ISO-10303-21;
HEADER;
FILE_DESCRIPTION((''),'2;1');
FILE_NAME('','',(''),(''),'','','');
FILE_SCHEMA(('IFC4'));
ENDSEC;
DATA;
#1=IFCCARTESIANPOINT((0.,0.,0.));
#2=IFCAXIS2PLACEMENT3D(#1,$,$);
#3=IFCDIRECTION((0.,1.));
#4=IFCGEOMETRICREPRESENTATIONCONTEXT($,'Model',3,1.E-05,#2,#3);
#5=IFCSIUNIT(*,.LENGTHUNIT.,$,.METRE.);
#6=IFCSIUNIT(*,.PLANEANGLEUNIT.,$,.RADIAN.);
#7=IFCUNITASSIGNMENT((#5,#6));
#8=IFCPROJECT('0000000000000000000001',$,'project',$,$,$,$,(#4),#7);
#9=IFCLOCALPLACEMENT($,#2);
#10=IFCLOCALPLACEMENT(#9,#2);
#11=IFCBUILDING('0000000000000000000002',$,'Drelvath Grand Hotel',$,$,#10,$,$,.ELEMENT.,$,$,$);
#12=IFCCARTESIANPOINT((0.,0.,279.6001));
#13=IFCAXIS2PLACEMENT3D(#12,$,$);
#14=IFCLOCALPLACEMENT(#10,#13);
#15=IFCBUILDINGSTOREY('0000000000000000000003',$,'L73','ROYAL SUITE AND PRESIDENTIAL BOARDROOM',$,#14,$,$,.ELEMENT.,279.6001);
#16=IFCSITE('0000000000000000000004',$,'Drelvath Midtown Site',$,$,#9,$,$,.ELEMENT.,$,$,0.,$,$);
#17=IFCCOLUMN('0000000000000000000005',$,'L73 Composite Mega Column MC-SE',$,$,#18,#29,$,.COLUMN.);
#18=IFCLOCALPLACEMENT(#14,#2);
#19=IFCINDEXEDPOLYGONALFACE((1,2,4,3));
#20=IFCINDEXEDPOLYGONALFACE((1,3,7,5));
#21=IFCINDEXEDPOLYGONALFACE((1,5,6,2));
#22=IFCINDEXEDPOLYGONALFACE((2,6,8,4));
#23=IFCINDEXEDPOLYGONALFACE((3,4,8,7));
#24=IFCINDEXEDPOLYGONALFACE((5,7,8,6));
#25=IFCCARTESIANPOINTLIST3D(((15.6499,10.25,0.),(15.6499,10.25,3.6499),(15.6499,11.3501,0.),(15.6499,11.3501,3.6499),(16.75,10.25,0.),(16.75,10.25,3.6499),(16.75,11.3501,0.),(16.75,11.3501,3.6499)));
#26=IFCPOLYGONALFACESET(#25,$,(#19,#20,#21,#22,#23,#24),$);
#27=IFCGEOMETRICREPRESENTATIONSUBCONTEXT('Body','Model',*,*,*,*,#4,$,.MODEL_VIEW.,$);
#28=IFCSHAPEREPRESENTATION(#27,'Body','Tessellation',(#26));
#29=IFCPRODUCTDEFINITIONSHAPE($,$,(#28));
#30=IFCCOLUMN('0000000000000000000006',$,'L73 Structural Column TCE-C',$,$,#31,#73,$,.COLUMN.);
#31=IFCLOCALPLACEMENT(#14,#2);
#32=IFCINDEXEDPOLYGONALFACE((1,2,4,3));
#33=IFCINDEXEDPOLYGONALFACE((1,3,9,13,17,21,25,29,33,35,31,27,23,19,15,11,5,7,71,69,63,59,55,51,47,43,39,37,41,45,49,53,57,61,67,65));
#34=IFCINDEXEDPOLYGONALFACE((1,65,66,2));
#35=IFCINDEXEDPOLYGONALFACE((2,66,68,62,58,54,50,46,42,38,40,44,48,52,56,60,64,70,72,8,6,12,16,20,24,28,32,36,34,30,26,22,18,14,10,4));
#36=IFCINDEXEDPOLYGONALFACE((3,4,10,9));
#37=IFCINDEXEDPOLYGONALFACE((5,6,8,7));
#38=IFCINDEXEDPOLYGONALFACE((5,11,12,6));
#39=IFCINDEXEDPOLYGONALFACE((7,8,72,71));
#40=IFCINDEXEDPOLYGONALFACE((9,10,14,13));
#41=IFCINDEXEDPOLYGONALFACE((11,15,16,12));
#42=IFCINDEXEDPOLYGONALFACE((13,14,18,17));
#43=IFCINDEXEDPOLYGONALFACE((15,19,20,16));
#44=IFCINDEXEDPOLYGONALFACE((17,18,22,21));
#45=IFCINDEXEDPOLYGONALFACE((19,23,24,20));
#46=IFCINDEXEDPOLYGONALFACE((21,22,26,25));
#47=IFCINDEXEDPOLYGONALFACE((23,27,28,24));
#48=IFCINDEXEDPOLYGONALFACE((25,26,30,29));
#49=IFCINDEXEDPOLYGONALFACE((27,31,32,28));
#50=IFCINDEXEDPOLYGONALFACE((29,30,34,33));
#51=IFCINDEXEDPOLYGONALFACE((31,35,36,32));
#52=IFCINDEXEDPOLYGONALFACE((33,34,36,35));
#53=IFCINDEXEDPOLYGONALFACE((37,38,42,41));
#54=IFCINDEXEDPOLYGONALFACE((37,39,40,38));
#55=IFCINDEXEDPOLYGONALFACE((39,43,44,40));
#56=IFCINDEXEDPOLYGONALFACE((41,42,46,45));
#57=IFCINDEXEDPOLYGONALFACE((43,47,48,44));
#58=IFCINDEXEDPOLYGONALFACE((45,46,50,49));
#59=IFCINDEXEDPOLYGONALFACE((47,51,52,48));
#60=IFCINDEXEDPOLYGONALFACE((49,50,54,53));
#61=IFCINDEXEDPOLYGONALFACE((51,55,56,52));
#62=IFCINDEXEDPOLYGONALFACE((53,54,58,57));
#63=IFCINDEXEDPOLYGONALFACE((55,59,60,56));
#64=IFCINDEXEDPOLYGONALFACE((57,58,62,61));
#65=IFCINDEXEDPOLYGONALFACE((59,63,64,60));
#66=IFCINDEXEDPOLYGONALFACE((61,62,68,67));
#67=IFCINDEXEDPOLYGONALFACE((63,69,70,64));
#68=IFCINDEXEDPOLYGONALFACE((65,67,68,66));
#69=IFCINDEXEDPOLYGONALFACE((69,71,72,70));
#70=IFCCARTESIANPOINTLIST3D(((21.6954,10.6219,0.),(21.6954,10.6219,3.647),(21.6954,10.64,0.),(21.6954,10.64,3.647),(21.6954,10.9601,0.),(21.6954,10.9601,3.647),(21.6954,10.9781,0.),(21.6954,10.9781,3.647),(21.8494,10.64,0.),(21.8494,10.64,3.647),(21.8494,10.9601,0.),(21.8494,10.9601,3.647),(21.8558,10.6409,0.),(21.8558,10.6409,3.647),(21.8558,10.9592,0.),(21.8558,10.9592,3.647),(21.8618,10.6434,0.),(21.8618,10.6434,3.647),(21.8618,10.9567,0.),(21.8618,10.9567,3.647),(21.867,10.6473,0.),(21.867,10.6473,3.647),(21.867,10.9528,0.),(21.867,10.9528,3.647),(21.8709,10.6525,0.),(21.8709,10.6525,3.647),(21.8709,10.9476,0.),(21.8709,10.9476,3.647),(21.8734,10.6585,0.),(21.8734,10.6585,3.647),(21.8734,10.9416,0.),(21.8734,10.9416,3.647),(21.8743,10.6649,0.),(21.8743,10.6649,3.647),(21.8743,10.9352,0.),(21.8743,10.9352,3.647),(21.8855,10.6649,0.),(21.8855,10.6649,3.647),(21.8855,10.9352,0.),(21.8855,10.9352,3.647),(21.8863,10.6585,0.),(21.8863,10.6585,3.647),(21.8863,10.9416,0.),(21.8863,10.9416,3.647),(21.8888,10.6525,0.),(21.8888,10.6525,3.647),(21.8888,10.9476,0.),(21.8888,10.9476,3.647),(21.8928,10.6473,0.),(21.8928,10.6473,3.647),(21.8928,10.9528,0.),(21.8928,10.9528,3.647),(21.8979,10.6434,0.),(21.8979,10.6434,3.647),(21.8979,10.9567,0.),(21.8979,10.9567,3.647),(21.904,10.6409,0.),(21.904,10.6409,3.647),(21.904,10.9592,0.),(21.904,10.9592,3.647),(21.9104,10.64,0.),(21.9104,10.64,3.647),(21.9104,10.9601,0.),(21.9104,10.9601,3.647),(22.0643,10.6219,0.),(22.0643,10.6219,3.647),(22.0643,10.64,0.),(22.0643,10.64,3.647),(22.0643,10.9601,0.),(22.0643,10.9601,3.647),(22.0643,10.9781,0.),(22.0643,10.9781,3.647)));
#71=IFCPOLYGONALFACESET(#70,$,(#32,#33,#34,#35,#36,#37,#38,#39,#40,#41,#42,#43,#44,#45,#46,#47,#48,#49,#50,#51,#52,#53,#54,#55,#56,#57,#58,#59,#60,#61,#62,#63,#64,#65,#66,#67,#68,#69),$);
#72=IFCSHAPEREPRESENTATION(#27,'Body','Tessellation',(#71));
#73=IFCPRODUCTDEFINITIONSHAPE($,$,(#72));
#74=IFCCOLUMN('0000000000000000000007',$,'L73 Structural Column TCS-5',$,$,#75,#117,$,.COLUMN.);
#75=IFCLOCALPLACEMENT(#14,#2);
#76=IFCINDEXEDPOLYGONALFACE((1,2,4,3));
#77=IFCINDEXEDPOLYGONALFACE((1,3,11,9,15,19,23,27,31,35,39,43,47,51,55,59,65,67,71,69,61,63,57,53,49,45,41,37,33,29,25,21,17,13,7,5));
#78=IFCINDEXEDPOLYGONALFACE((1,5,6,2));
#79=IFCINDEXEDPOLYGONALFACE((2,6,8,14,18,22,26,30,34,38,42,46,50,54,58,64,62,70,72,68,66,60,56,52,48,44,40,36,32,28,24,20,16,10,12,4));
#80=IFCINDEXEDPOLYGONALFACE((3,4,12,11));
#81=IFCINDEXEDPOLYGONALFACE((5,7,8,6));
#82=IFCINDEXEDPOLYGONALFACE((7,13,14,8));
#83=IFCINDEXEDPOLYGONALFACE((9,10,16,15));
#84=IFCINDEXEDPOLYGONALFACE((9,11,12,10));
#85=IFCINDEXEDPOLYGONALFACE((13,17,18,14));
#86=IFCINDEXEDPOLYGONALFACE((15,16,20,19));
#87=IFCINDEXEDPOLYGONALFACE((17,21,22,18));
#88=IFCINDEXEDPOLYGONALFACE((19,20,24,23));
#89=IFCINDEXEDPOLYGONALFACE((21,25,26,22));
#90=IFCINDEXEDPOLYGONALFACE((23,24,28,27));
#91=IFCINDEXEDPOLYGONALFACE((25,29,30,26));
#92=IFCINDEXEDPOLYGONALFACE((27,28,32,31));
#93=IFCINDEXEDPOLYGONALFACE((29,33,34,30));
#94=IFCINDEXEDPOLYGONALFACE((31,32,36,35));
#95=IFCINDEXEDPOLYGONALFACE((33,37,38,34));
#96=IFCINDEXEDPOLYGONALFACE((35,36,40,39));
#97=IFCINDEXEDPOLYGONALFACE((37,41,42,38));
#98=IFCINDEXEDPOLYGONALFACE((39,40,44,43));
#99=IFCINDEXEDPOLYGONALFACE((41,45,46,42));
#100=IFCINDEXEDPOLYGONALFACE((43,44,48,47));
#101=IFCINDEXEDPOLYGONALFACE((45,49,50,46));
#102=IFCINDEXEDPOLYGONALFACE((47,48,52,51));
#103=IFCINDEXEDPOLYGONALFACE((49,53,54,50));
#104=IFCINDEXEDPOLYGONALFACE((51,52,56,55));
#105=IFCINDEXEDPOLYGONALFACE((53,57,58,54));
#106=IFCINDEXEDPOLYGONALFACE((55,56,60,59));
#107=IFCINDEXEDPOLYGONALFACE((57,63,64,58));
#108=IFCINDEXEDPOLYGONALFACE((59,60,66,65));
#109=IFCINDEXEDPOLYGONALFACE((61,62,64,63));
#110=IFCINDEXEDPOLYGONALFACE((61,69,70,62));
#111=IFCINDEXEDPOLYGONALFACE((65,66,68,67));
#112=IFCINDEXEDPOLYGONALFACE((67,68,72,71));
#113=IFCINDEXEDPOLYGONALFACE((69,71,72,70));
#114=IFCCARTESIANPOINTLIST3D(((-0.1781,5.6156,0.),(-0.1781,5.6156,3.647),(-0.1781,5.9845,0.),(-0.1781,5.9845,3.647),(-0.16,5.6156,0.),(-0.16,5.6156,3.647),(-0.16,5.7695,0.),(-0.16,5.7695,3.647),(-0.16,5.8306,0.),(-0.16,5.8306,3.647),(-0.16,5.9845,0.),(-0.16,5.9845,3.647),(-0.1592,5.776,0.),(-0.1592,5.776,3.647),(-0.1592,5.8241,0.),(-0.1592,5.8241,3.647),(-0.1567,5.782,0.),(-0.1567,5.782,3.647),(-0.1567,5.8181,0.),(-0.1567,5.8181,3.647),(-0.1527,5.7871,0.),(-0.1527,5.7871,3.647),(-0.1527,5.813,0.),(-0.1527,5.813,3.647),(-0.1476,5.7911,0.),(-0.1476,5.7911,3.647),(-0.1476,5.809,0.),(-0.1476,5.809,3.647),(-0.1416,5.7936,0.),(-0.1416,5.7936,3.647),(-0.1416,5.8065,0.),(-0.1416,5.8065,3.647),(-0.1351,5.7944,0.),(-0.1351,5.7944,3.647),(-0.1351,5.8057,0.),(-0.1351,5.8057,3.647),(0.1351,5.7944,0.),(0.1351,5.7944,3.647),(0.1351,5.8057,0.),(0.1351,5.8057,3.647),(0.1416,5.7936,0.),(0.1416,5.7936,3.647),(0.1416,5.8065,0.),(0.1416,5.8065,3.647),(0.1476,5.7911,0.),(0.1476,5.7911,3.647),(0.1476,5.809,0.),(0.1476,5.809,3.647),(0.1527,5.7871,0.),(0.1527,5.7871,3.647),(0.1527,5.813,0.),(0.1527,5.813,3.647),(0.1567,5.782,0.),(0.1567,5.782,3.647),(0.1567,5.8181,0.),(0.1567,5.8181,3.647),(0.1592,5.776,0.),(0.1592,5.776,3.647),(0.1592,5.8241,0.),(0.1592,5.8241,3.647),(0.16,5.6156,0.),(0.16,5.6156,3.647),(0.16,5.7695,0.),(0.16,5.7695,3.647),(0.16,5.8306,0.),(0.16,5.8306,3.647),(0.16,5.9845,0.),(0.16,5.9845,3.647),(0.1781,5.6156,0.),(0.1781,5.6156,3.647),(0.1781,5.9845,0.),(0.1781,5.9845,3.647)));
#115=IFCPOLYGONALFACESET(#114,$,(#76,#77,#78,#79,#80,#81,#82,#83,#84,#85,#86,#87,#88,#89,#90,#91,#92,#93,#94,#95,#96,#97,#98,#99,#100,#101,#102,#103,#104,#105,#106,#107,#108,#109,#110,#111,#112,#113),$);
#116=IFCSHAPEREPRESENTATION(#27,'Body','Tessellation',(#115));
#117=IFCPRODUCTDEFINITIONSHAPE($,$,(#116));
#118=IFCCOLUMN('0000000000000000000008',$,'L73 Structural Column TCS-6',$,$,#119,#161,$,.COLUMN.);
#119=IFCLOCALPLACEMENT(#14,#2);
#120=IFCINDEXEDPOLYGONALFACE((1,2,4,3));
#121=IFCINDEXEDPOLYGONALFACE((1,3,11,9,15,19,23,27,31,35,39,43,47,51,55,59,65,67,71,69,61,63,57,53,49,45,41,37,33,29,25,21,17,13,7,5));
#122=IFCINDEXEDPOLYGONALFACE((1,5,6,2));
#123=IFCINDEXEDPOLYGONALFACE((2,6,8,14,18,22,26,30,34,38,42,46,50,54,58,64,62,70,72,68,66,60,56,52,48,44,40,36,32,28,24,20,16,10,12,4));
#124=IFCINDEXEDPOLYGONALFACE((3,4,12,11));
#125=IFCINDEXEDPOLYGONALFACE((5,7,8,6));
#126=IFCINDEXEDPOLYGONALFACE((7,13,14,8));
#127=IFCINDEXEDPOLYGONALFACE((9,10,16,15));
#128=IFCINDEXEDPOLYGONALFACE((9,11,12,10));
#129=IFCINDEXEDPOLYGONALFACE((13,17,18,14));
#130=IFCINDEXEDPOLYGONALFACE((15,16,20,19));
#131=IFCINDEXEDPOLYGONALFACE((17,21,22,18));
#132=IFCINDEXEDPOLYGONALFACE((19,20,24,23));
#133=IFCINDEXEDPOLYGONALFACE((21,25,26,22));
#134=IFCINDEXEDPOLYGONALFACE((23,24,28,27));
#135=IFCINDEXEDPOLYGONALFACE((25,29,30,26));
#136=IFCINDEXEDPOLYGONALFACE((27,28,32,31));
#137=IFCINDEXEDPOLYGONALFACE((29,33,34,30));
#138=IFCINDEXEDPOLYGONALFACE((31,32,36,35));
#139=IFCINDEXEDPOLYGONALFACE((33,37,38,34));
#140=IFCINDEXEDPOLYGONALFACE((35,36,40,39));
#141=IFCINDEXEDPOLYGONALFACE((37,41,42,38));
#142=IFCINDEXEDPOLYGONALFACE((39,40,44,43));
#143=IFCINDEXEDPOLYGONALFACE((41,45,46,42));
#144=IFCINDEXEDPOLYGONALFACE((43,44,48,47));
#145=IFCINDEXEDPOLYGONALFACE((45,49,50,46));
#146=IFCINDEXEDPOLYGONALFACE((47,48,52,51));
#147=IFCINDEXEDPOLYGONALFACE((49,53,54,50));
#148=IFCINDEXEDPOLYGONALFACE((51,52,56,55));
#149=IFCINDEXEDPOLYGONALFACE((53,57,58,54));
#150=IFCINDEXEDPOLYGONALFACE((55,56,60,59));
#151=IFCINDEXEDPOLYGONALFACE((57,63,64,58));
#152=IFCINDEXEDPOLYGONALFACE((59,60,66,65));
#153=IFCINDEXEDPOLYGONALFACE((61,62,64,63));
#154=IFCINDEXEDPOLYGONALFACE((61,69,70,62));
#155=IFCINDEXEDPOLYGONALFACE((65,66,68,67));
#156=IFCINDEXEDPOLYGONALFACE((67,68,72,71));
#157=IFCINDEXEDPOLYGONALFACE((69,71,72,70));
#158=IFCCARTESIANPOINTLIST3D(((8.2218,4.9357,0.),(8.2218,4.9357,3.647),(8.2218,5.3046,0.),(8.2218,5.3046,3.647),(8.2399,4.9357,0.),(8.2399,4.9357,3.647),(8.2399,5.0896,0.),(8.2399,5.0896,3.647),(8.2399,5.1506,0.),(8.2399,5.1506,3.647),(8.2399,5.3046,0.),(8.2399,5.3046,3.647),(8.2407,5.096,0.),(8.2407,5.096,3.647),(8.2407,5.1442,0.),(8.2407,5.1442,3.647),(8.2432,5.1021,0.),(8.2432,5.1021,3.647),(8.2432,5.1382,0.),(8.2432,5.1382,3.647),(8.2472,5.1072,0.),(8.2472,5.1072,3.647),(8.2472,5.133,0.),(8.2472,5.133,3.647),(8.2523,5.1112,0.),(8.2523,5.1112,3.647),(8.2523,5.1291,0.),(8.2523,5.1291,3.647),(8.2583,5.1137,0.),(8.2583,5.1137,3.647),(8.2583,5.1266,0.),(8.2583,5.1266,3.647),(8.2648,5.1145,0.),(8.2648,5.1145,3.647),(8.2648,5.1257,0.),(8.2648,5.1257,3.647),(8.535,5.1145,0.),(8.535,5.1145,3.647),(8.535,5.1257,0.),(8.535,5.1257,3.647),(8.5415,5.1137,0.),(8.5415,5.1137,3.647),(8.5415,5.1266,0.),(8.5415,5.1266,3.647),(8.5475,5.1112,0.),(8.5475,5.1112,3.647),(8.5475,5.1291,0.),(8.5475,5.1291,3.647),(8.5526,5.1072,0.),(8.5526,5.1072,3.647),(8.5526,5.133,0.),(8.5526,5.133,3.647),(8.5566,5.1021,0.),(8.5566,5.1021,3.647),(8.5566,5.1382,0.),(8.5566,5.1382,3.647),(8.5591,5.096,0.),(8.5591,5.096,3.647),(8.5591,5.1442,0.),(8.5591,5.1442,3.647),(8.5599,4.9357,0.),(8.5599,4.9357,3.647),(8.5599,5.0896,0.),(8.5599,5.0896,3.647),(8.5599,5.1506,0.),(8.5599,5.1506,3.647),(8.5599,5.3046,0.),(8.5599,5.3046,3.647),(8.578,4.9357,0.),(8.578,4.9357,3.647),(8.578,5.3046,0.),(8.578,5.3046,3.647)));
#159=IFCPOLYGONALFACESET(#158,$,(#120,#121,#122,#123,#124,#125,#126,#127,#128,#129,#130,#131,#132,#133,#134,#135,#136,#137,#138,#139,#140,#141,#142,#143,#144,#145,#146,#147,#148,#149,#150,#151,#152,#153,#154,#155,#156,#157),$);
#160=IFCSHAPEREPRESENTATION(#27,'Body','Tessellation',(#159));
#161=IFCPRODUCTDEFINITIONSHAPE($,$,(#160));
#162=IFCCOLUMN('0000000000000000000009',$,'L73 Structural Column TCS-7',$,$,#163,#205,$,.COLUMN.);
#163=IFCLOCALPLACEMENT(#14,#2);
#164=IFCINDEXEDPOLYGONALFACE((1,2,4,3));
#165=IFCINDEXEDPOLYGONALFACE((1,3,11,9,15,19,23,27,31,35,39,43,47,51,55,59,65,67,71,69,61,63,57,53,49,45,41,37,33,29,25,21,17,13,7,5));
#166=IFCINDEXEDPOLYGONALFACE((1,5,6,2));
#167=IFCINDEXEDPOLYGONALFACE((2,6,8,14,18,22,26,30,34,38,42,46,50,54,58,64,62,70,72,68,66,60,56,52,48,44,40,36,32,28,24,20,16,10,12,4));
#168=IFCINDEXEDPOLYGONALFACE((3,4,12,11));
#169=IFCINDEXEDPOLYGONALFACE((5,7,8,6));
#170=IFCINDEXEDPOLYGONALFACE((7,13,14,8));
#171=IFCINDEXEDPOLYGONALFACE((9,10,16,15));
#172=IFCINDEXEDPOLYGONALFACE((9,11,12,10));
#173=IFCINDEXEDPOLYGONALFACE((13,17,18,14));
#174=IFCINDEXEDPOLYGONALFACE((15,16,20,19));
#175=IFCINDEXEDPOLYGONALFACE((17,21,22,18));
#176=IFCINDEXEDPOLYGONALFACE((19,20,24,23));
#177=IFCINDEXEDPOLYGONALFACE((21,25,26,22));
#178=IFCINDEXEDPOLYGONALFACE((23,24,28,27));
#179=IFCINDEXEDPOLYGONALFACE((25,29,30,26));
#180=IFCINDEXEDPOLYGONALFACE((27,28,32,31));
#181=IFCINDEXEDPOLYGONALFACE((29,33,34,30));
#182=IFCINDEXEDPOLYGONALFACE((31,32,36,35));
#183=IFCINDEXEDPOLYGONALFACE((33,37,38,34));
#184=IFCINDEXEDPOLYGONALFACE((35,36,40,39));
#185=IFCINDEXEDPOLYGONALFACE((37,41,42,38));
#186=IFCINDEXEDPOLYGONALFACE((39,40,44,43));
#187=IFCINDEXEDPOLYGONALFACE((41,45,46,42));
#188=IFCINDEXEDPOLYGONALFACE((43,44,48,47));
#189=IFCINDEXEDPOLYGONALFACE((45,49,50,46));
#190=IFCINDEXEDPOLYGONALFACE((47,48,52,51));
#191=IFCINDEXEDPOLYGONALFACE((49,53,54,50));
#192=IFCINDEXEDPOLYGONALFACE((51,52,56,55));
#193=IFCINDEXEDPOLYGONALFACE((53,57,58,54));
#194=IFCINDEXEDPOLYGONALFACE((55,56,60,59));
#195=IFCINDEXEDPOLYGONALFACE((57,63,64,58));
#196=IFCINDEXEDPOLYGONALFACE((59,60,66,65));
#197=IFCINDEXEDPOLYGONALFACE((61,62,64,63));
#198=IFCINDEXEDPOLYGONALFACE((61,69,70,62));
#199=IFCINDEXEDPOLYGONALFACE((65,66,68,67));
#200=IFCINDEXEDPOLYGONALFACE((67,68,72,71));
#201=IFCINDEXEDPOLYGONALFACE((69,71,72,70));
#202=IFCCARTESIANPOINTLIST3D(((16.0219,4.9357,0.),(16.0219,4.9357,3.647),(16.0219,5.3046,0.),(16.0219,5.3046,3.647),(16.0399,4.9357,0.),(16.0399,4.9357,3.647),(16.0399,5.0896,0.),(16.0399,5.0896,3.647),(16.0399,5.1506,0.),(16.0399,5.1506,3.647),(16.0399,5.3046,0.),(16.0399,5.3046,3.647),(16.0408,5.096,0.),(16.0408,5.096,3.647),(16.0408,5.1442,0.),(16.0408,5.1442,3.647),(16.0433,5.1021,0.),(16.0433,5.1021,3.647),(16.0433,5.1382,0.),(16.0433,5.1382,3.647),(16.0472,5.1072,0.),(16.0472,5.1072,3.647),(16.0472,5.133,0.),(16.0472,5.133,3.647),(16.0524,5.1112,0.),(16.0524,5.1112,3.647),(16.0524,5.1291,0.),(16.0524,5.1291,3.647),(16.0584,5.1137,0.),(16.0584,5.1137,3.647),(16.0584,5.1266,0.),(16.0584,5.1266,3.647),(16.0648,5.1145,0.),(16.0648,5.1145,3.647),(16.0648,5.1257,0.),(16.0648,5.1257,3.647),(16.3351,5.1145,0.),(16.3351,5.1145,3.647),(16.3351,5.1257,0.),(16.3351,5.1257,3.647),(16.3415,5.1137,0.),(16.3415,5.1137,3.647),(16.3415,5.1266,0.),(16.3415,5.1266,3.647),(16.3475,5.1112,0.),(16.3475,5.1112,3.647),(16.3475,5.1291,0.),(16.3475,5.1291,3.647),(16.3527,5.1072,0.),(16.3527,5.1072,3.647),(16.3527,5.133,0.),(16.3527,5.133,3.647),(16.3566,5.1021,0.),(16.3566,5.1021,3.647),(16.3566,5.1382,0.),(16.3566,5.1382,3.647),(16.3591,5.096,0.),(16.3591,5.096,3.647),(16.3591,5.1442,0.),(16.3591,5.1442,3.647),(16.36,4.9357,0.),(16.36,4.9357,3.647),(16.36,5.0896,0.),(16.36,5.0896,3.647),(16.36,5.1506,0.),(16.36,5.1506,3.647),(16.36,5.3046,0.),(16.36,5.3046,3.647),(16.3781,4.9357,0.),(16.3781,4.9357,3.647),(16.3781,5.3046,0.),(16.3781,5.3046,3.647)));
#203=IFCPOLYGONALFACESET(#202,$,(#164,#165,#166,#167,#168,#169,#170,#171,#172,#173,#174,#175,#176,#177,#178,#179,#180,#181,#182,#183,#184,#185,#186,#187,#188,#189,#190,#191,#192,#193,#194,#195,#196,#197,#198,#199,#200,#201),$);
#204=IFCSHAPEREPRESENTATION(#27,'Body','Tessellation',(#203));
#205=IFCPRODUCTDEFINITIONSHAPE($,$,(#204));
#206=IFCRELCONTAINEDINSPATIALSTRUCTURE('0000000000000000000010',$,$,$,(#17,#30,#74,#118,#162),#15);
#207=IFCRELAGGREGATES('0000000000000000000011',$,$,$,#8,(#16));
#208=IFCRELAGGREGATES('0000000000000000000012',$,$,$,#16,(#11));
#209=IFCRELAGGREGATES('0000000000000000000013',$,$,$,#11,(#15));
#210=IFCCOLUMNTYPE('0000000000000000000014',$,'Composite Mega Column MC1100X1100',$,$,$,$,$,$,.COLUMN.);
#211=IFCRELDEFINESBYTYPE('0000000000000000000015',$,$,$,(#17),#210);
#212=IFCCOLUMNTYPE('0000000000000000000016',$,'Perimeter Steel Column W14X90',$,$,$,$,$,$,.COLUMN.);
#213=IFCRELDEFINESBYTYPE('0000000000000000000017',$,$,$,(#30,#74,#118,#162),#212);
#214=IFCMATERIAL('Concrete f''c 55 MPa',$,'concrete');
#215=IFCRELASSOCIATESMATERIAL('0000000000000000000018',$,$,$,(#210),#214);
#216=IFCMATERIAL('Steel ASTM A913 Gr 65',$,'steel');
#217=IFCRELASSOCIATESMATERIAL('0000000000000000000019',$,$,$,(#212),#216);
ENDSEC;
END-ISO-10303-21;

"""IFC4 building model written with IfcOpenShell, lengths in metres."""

from ifc_helpers import new_model, si_unit, direction, frame, origin, origin_2d, place, context, subcontext, project, spatial, rectangle, i_section, extrude, material, material_profile, profile_set, type_object, element, save


model = new_model("IFC4")

# Units and contexts
model_context = context("Model", 3, precision=1e-05, world=origin(), true_north=direction((0.0, 1.0)))
body_context = subcontext(model_context, "Body", "Model", "MODEL_VIEW")
ifc_project = project(units=[si_unit("LENGTHUNIT", "METRE"), si_unit("PLANEANGLEUNIT", "RADIAN")], contexts=[model_context])

# Site, building, storey
site_placement = place(None, origin())
site = spatial("IfcSite", under=ifc_project, at=site_placement, Name="Drelvath Midtown Site", CompositionType="ELEMENT", RefElevation=0.0)
building_placement = place(site_placement, origin())
building = spatial("IfcBuilding", under=site, at=building_placement, Name="Drelvath Grand Hotel", CompositionType="ELEMENT")
storey_placement = place(building_placement, frame((0.0, 0.0, 279.6001)))
storey = spatial("IfcBuildingStorey", under=building, at=storey_placement, Name="L73", Description="ROYAL SUITE AND PRESIDENTIAL BOARDROOM", CompositionType="ELEMENT", Elevation=279.6001)

# Columns
ifc_material_1 = material(Name="Concrete f'c 55 MPa", Category="concrete")
ifc_material_profile_1 = material_profile(ifc_material_1, rectangle(XDim=1.1001, YDim=1.1001, at=origin_2d()), Name="MC1100X1100")
ifc_profile_set_1 = profile_set([ifc_material_profile_1], Name="Concrete f'c 55 MPa")
column_type_1 = type_object("IfcColumnType", Name="Composite Mega Column MC1100X1100", PredefinedType="COLUMN", material=ifc_profile_set_1)
column_placement = place(storey_placement, frame((16.2, 10.8, 0.0), z_axis=(0.0, 0.0, 1.0), x_axis=(1.0, 0.0, 0.0)))
element("IfcColumn", 1, at=column_placement, inside=storey, type_object=column_type_1, Name="L73 Composite Mega Column MC-SE", PredefinedType="COLUMN", context=body_context, shape_type="SweptSolid", body=[
    extrude(rectangle(XDim=1.1001, YDim=1.1001, at=origin_2d()), origin(), (0.0, 0.0, 1.0), 3.6499),
])
ifc_material_2 = material(Name="Steel ASTM A913 Gr 65", Category="steel")
ifc_material_profile_2 = material_profile(ifc_material_2, i_section(OverallWidth=0.3689, OverallDepth=0.3562, WebThickness=0.0112, FlangeThickness=0.0181, FilletRadius=0.0249, at=origin_2d()), Name="W14X90")
ifc_profile_set_2 = profile_set([ifc_material_profile_2], Name="Steel ASTM A913 Gr 65")
column_type_2 = type_object("IfcColumnType", Name="Perimeter Steel Column W14X90", PredefinedType="COLUMN", material=ifc_profile_set_2)
for number, where, z_axis, x_axis, name in (
    (2, (21.8799, 10.8, 0.0), (0.0, 0.0, 1.0), (1.0, 0.0, 0.0), "L73 Structural Column TCE-C"),
    (3, (0.0, 5.8, 0.0), (0.0, 0.0, 1.0), (0.0, 1.0, 0.0), "L73 Structural Column TCS-5"),
    (4, (8.3999, 5.1201, 0.0), (0.0, 0.0, 1.0), (0.0, 1.0, 0.0), "L73 Structural Column TCS-6"),
    (5, (16.2, 5.1201, 0.0), (0.0, 0.0, 1.0), (0.0, 1.0, 0.0), "L73 Structural Column TCS-7"),
):
    element("IfcColumn", number, at=place(storey_placement, frame(where, z_axis=z_axis, x_axis=x_axis)), inside=storey, type_object=column_type_2, Name=name, PredefinedType="COLUMN", context=body_context, shape_type="SweptSolid", body=[
        extrude(i_section(OverallWidth=0.3689, OverallDepth=0.3562, WebThickness=0.0112, FlangeThickness=0.0181, FilletRadius=0.0249, at=origin_2d()), origin(), (0.0, 0.0, 1.0), 3.647),
    ])

save(model, "model.ifc")
